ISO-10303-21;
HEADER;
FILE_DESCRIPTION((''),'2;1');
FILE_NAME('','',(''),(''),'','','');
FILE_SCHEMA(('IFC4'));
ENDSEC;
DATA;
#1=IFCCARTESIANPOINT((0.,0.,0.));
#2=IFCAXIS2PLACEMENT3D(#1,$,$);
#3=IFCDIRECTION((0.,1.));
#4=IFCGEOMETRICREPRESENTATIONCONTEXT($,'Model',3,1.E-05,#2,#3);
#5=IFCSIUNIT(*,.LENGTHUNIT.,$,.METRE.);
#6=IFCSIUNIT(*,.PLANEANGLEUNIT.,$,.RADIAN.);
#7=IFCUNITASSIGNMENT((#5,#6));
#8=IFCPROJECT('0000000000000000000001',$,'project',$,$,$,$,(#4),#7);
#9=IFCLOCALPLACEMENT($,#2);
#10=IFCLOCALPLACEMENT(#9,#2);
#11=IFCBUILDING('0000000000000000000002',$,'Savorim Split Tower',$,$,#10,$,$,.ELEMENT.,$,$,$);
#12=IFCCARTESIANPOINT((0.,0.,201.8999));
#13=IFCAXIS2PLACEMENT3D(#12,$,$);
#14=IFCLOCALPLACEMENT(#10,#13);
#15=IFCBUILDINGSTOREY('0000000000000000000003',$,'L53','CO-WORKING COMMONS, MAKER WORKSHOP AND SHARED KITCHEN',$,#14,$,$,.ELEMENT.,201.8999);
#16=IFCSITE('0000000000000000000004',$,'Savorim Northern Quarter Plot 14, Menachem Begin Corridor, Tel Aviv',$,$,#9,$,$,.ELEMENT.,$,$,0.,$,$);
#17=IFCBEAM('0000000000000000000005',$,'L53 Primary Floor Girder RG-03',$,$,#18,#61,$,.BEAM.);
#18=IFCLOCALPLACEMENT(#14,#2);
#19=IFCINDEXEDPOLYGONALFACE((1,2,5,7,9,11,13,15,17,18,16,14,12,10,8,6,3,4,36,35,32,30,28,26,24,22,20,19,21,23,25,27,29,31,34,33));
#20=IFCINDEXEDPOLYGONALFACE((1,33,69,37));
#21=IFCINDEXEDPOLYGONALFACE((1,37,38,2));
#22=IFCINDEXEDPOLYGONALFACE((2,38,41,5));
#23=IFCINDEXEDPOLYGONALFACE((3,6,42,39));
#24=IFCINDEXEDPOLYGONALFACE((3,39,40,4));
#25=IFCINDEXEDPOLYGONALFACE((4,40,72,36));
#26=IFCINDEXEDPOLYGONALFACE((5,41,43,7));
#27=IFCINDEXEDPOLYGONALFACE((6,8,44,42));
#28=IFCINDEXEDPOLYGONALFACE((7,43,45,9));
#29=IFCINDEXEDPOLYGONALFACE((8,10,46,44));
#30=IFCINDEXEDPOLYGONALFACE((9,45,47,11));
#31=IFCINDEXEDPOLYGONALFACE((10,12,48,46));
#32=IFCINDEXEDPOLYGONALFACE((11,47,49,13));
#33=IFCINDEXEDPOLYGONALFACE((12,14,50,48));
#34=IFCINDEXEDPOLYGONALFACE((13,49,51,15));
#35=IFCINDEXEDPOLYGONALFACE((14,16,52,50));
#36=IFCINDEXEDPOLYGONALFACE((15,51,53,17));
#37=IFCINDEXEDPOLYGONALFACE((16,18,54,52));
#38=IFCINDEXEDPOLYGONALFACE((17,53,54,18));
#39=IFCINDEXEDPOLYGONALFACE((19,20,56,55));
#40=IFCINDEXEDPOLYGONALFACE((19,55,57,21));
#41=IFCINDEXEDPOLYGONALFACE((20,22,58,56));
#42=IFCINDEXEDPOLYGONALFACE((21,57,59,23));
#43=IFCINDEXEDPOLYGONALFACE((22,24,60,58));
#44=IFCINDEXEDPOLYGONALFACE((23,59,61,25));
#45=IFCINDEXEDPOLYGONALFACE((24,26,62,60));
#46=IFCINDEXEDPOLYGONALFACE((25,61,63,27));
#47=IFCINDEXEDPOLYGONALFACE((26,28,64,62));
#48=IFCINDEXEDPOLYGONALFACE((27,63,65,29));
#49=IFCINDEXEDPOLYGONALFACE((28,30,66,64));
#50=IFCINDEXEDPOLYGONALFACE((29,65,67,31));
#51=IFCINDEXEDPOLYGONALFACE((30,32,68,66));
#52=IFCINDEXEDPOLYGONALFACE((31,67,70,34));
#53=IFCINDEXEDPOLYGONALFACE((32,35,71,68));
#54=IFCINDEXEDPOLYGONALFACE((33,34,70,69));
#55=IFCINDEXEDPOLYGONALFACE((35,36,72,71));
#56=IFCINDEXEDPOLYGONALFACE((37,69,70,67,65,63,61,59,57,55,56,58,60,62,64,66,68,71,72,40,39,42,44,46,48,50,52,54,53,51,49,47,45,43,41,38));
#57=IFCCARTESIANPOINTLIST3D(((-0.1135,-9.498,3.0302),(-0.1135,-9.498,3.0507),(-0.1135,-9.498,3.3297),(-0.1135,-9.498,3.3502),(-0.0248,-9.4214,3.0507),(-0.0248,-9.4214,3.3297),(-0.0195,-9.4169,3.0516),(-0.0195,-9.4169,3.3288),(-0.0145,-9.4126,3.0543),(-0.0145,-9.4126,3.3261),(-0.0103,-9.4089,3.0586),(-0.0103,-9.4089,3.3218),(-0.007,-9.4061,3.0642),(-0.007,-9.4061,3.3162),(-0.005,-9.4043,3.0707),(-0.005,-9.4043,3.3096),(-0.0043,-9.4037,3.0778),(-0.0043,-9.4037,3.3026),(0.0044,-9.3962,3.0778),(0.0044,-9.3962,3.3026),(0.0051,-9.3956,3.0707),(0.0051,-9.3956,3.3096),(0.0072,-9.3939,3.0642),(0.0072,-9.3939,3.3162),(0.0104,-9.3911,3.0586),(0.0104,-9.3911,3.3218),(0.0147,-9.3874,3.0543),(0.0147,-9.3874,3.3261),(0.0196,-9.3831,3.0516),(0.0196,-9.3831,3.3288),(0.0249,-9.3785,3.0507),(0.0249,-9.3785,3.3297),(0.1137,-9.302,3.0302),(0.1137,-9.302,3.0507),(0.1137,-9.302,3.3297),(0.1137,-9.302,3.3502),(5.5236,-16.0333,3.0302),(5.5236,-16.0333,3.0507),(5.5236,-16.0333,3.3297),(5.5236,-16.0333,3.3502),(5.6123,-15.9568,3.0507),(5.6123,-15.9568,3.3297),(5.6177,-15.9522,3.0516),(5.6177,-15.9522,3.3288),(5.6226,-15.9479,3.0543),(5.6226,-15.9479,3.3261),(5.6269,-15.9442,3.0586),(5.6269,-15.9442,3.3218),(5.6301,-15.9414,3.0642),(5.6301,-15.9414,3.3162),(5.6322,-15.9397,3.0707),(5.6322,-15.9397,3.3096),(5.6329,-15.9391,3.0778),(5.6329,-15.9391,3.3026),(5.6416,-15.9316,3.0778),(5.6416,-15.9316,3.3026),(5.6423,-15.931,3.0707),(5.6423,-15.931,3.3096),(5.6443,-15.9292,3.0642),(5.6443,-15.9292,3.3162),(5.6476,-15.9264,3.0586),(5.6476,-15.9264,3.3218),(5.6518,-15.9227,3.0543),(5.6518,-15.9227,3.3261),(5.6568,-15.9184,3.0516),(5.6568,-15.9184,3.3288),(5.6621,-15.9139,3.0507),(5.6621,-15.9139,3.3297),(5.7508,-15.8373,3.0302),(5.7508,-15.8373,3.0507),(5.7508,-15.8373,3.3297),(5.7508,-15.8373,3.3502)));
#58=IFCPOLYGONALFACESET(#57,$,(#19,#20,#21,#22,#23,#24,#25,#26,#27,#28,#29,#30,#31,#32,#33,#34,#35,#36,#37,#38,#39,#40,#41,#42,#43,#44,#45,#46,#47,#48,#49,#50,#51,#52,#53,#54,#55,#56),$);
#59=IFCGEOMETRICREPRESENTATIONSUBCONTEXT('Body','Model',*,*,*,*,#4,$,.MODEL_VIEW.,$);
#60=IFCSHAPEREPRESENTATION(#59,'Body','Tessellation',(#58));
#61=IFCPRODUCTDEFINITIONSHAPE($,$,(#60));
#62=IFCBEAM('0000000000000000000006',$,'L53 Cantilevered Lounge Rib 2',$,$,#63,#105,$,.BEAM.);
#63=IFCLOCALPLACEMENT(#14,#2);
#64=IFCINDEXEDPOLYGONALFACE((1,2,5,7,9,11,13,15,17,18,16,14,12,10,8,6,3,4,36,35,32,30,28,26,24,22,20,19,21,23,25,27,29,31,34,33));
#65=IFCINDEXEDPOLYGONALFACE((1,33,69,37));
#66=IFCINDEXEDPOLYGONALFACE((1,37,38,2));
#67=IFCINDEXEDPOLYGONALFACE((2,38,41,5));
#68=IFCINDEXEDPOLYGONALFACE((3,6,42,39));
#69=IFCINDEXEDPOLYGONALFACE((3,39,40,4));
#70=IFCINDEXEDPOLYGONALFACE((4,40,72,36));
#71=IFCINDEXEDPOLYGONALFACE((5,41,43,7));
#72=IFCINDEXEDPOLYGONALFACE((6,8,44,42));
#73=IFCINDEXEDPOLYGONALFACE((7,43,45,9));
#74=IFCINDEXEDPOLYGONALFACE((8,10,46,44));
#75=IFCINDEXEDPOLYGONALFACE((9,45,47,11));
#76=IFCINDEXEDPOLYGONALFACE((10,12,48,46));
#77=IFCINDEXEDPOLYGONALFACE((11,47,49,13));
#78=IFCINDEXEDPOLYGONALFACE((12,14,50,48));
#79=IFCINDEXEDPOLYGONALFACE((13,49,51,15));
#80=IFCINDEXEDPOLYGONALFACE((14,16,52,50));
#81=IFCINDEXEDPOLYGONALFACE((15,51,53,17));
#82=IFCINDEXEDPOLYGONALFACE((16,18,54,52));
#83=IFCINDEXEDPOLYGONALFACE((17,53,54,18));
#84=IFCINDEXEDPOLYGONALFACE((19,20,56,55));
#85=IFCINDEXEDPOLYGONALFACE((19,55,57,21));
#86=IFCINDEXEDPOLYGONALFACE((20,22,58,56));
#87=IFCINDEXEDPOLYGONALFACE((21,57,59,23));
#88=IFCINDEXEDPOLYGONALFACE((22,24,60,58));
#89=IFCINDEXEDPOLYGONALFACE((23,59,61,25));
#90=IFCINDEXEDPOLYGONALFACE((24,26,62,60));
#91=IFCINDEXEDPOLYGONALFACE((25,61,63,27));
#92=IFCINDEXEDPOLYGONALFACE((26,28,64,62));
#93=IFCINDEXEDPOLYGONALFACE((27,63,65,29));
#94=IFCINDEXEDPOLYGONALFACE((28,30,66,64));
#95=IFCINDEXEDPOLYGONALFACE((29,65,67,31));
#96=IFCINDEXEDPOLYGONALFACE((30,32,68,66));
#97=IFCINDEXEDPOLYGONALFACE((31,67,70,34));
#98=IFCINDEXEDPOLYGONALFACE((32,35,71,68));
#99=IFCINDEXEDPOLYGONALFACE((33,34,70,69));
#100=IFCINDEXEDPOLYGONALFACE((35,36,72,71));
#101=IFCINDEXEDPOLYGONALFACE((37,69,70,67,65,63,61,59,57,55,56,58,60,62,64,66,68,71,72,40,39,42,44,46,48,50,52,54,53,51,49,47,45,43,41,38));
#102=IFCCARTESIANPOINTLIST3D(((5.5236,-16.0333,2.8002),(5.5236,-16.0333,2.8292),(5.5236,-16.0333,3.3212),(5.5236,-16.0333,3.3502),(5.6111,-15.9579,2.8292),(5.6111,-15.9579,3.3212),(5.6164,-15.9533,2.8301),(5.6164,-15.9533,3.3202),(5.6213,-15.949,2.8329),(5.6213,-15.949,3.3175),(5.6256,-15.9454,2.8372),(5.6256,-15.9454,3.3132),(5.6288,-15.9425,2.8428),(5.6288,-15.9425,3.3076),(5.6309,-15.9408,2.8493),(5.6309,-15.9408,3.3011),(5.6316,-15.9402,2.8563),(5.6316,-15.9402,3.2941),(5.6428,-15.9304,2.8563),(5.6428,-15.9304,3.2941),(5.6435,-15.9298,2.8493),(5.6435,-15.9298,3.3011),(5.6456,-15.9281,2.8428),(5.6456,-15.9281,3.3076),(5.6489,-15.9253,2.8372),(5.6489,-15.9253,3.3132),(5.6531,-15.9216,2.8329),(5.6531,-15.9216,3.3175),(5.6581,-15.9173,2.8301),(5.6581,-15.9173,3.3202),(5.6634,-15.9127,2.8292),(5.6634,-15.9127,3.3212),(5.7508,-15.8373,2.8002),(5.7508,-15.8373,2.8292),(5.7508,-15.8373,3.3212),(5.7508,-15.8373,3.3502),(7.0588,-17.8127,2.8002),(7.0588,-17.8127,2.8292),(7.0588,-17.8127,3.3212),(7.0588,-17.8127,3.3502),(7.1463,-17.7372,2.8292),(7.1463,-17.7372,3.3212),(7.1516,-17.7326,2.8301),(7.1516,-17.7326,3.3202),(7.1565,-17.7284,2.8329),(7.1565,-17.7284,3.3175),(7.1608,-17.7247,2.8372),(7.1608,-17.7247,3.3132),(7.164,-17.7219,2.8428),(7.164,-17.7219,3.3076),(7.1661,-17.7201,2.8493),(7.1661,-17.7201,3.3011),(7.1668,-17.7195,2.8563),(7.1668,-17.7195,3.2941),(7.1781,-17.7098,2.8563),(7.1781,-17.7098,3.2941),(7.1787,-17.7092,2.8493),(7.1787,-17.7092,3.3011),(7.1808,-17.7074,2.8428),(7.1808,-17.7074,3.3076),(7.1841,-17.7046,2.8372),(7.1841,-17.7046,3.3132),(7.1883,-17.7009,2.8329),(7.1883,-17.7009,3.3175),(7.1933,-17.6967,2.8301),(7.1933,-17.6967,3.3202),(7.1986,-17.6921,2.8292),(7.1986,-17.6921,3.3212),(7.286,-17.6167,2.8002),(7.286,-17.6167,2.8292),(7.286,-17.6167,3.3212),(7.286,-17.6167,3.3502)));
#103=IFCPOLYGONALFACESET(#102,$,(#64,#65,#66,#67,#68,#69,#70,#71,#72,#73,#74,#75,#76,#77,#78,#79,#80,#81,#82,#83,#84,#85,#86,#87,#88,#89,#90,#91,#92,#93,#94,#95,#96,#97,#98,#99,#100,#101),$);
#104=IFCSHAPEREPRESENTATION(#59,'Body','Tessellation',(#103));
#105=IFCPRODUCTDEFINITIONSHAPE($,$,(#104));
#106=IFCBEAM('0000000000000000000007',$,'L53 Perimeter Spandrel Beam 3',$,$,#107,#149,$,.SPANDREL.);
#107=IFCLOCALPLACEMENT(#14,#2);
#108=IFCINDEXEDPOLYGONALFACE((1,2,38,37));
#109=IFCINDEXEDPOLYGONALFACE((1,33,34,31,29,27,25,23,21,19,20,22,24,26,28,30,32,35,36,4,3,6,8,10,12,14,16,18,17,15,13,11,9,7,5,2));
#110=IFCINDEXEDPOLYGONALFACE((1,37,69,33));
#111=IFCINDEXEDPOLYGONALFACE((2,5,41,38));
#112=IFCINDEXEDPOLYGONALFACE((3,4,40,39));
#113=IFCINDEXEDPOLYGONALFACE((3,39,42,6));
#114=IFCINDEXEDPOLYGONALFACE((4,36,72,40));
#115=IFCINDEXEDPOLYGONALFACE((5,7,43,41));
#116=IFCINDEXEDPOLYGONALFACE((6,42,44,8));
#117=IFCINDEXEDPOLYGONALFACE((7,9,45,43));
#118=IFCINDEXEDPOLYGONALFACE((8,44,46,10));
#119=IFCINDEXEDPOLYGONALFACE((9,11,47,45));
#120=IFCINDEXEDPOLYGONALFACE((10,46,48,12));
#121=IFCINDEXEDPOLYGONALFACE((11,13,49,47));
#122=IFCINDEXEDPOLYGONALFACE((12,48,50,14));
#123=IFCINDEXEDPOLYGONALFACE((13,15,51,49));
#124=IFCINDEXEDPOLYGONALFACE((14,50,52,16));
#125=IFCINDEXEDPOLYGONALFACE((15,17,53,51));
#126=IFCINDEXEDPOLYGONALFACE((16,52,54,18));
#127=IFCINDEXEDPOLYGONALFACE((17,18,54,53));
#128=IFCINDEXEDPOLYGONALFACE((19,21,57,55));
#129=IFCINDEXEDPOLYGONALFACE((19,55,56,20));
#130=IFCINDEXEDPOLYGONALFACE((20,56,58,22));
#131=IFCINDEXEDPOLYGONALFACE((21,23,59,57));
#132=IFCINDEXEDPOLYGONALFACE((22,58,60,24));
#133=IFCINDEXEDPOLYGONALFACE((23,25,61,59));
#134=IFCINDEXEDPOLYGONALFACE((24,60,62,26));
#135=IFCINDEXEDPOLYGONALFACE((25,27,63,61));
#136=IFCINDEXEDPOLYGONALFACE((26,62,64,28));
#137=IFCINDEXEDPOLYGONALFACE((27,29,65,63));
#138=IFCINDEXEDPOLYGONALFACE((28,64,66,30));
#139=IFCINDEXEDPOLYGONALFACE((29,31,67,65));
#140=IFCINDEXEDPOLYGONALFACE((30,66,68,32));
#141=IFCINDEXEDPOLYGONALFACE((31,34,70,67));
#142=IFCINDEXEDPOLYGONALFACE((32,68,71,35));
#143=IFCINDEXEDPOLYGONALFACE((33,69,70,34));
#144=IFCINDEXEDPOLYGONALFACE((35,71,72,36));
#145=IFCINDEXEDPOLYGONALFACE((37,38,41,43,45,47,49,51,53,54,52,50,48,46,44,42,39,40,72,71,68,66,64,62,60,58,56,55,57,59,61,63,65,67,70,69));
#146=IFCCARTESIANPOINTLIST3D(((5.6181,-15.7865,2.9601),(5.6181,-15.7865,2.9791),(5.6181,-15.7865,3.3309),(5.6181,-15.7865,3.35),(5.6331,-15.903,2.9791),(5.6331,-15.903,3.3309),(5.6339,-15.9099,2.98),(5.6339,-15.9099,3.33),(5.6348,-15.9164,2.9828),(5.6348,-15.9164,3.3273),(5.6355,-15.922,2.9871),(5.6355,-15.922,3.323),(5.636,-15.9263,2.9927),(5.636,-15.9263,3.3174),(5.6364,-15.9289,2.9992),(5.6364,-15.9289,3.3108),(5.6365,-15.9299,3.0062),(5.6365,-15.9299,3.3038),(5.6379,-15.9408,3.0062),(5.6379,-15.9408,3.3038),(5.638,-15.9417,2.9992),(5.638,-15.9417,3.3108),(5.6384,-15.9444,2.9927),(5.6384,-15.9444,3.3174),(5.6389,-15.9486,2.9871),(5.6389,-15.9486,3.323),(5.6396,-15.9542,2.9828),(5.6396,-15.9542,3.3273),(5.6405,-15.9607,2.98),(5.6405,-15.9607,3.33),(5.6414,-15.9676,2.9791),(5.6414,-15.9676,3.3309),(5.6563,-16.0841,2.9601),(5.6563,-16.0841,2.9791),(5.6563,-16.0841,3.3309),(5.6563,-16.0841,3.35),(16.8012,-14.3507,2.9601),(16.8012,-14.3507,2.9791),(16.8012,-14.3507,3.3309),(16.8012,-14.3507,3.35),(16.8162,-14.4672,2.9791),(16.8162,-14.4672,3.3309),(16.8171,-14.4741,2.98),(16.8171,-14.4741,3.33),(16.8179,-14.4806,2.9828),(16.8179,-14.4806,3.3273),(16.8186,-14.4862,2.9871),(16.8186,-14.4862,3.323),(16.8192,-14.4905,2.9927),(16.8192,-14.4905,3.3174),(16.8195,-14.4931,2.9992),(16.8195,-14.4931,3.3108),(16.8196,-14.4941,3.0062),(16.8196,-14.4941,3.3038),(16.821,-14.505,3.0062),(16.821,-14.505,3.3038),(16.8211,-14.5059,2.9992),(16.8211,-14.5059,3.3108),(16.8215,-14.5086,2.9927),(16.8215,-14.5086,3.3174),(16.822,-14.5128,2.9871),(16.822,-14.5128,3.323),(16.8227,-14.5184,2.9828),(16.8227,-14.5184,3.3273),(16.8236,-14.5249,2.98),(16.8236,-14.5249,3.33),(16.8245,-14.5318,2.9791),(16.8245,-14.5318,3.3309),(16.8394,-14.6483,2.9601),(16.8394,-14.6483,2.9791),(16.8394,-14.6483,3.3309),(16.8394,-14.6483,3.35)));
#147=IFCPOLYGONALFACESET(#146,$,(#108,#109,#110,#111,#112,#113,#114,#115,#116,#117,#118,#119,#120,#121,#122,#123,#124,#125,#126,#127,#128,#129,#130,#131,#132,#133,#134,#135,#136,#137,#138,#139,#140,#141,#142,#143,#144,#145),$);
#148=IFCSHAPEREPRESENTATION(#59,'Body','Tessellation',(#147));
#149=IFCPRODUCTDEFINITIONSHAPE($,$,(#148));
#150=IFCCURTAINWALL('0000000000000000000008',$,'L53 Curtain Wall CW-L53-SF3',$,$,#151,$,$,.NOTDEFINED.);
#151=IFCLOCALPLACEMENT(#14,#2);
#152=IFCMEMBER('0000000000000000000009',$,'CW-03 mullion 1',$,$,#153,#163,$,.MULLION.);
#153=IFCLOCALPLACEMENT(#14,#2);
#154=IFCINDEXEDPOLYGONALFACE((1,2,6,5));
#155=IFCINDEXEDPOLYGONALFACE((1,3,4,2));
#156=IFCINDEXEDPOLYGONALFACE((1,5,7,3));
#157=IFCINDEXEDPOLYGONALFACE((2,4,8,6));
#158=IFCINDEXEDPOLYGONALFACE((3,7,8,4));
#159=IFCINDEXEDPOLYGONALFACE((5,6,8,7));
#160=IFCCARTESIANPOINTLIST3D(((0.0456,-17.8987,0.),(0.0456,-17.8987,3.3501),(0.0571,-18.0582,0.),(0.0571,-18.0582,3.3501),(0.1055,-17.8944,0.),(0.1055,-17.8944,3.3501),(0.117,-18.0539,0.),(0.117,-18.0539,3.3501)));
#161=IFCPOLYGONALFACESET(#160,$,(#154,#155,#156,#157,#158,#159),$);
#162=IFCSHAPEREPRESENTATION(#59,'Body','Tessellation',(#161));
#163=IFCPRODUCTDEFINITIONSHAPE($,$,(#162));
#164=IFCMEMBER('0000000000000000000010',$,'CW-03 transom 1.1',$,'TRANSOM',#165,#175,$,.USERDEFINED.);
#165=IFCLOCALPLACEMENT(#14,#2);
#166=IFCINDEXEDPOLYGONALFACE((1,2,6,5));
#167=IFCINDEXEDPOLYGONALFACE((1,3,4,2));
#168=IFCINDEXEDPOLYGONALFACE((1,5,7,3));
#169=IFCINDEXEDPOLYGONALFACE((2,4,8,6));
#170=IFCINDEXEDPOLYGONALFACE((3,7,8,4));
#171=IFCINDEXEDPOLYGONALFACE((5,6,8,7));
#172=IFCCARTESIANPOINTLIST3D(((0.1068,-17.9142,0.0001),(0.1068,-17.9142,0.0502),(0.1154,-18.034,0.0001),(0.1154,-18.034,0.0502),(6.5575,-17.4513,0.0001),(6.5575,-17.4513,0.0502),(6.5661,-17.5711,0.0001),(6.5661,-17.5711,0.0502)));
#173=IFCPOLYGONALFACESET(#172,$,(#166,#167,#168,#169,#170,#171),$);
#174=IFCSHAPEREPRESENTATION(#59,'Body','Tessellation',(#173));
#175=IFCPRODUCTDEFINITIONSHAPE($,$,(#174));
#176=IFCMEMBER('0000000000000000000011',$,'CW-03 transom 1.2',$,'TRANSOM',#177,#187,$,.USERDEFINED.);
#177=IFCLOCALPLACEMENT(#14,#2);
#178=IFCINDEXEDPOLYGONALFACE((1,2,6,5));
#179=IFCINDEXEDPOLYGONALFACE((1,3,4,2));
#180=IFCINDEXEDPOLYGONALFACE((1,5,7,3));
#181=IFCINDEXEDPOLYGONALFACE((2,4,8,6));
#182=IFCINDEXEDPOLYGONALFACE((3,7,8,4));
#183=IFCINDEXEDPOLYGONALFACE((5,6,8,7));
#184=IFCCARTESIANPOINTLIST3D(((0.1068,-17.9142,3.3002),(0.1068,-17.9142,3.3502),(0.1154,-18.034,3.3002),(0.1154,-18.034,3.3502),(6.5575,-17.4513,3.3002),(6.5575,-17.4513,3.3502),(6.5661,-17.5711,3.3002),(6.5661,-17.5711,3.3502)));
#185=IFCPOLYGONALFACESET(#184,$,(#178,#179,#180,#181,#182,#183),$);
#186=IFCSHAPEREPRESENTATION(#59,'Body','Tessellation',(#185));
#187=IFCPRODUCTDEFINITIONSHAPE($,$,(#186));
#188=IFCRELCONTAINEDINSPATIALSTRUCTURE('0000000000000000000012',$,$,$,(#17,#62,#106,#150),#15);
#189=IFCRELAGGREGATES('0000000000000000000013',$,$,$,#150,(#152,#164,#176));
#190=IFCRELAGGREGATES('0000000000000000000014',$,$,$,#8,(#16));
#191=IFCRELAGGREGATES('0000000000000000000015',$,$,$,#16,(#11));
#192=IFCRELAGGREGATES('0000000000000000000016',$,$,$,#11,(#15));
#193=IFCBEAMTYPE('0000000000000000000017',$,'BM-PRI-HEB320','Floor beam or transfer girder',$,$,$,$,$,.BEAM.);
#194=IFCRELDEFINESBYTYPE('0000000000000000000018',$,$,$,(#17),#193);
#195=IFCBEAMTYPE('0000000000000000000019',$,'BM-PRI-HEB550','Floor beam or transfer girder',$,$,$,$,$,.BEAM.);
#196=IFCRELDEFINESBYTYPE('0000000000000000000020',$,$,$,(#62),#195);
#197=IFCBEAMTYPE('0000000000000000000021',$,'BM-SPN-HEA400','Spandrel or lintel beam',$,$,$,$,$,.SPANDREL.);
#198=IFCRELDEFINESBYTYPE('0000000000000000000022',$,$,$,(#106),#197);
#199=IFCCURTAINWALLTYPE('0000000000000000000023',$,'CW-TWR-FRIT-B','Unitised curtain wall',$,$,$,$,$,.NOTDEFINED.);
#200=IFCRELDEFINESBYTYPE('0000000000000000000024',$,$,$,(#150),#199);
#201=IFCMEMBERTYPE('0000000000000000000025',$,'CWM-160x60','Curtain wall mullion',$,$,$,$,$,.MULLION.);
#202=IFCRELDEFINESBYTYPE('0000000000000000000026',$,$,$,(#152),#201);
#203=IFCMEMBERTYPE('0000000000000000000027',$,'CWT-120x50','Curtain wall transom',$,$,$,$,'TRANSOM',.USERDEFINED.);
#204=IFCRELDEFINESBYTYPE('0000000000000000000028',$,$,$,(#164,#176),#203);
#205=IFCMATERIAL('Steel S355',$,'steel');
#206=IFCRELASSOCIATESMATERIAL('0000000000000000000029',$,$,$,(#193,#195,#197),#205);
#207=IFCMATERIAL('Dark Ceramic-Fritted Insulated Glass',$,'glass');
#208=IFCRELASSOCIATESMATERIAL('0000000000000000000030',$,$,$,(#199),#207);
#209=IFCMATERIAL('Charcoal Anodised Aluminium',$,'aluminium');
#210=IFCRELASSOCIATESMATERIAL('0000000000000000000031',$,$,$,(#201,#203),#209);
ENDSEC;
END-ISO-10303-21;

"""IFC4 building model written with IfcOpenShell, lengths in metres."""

from ifc_helpers import new_model, si_unit, direction, frame, origin, origin_2d, place, context, subcontext, project, spatial, rectangle, i_section, extrude, material, material_profile, profile_set, type_object, element, aggregate, save


model = new_model("IFC4")

# Units and contexts
model_context = context("Model", 3, precision=1e-05, world=origin(), true_north=direction((0.0, 1.0)))
body_context = subcontext(model_context, "Body", "Model", "MODEL_VIEW")
ifc_project = project(units=[si_unit("LENGTHUNIT", "METRE"), si_unit("PLANEANGLEUNIT", "RADIAN")], contexts=[model_context])

# Site, building, storey
site_placement = place(None, origin())
site = spatial("IfcSite", under=ifc_project, at=site_placement, Name="Savorim Northern Quarter Plot 14, Menachem Begin Corridor, Tel Aviv", CompositionType="ELEMENT", RefElevation=0.0)
building_placement = place(site_placement, origin())
building = spatial("IfcBuilding", under=site, at=building_placement, Name="Savorim Split Tower", CompositionType="ELEMENT")
storey_placement = place(building_placement, frame((0.0, 0.0, 201.8999)))
storey = spatial("IfcBuildingStorey", under=building, at=storey_placement, Name="L53", Description="CO-WORKING COMMONS, MAKER WORKSHOP AND SHARED KITCHEN", CompositionType="ELEMENT", Elevation=201.8999)

# Shared definitions
ifc_material_1 = material(Name="Steel S355", Category="steel")

# Beams
ifc_material_profile_1 = material_profile(ifc_material_1, i_section(OverallWidth=0.3, OverallDepth=0.3201, WebThickness=0.0115, FlangeThickness=0.0205, FilletRadius=0.0271, at=origin_2d()), Name="HEB 320")
ifc_profile_set_1 = profile_set([ifc_material_profile_1], Name="Steel S355")
beam_type_1 = type_object("IfcBeamType", Name="BM-PRI-HEB320", Description="Floor beam or transfer girder", PredefinedType="BEAM", material=ifc_profile_set_1)
beam_1_placement = place(storey_placement, frame((5.6372, -15.9353, 3.1902), z_axis=(-0.653155, 0.757224, 0.0), x_axis=(-0.757224, -0.653155, 0.0)))
element("IfcBeam", 1, at=beam_1_placement, inside=storey, type_object=beam_type_1, Name="L53 Primary Floor Girder RG-03", PredefinedType="BEAM", context=body_context, shape_type="SweptSolid", body=[
    extrude(i_section(OverallWidth=0.3, OverallDepth=0.3201, WebThickness=0.0115, FlangeThickness=0.0205, FilletRadius=0.0271, at=origin_2d()), origin(), (0.0, 0.0, 1.0), 8.6306),
])
ifc_material_profile_2 = material_profile(ifc_material_1, i_section(OverallWidth=0.3, OverallDepth=0.55, WebThickness=0.0149, FlangeThickness=0.0291, FilletRadius=0.0271, at=origin_2d()), Name="HEB 550")
ifc_profile_set_2 = profile_set([ifc_material_profile_2], Name="Steel S355")
beam_type_2 = type_object("IfcBeamType", Name="BM-PRI-HEB550", Description="Floor beam or transfer girder", PredefinedType="BEAM", material=ifc_profile_set_2)
beam_2_placement = place(storey_placement, frame((5.6372, -15.9353, 3.0752), z_axis=(0.653252, -0.757141, 0.0), x_axis=(0.757141, 0.653252, 0.0)))
element("IfcBeam", 2, at=beam_2_placement, inside=storey, type_object=beam_type_2, Name="L53 Cantilevered Lounge Rib 2", PredefinedType="BEAM", context=body_context, shape_type="SweptSolid", body=[
    extrude(i_section(OverallWidth=0.3, OverallDepth=0.55, WebThickness=0.0149, FlangeThickness=0.0291, FilletRadius=0.0271, at=origin_2d()), origin(), (0.0, 0.0, 1.0), 2.3501),
])
ifc_material_profile_3 = material_profile(ifc_material_1, i_section(OverallWidth=0.3, OverallDepth=0.3899, WebThickness=0.011, FlangeThickness=0.019, FilletRadius=0.0271, at=origin_2d()), Name="HEA 400")
ifc_profile_set_3 = profile_set([ifc_material_profile_3], Name="Steel S355")
beam_type_3 = type_object("IfcBeamType", Name="BM-SPN-HEA400", Description="Spandrel or lintel beam", PredefinedType="SPANDREL", material=ifc_profile_set_3)
beam_3_placement = place(storey_placement, frame((5.6372, -15.9353, 3.155), z_axis=(0.991859, 0.127344, 0.0), x_axis=(-0.127344, 0.991859, 0.0)))
element("IfcBeam", 3, at=beam_3_placement, inside=storey, type_object=beam_type_3, Name="L53 Perimeter Spandrel Beam 3", PredefinedType="SPANDREL", context=body_context, shape_type="SweptSolid", body=[
    extrude(i_section(OverallWidth=0.3, OverallDepth=0.3899, WebThickness=0.011, FlangeThickness=0.019, FilletRadius=0.0271, at=origin_2d()), origin(), (0.0, 0.0, 1.0), 11.2749),
])

# Curtain wall, members
ifc_material_2 = material(Name="Dark Ceramic-Fritted Insulated Glass", Category="glass")
curtain_wall_type = type_object("IfcCurtainWallType", Name="CW-TWR-FRIT-B", Description="Unitised curtain wall", PredefinedType="NOTDEFINED", material=ifc_material_2)
curtain_wall_placement = place(storey_placement, origin())
curtain_wall = element("IfcCurtainWall", 4, at=curtain_wall_placement, inside=storey, type_object=curtain_wall_type, Name="L53 Curtain Wall CW-L53-SF3", PredefinedType="NOTDEFINED")
ifc_material_3 = material(Name="Charcoal Anodised Aluminium", Category="aluminium")
ifc_material_profile_4 = material_profile(ifc_material_3, rectangle(XDim=0.1599, YDim=0.0601, at=origin_2d()), Name="ALU-M 160x60")
ifc_profile_set_4 = profile_set([ifc_material_profile_4], Name="Charcoal Anodised Aluminium")
member_type_1 = type_object("IfcMemberType", Name="CWM-160x60", Description="Curtain wall mullion", PredefinedType="MULLION", material=ifc_profile_set_4)
member_1_placement = place(storey_placement, frame((0.0813, -17.9763, 0.0), z_axis=(0.0, 0.0, 1.0), x_axis=(-0.071562, 0.997436, 0.0)))
member_1 = element("IfcMember", 5, at=member_1_placement, type_object=member_type_1, Name="CW-03 mullion 1", PredefinedType="MULLION", context=body_context, shape_type="SweptSolid", body=[
    extrude(rectangle(XDim=0.1599, YDim=0.0601, at=origin_2d()), origin(), (0.0, 0.0, 1.0), 3.3501),
])
ifc_material_profile_5 = material_profile(ifc_material_3, rectangle(XDim=0.1201, YDim=0.05, at=origin_2d()), Name="ALU-T 120x50")
ifc_profile_set_5 = profile_set([ifc_material_profile_5], Name="Charcoal Anodised Aluminium")
member_type_2 = type_object("IfcMemberType", Name="CWT-120x50", Description="Curtain wall transom", ElementType="TRANSOM", PredefinedType="USERDEFINED", material=ifc_profile_set_5)
member_2_placement = place(storey_placement, frame((0.1111, -17.9741, 0.0251), z_axis=(0.997435, 0.071574, 0.0), x_axis=(-0.071574, 0.997435, 0.0)))
member_2 = element("IfcMember", 6, at=member_2_placement, type_object=member_type_2, Name="CW-03 transom 1.1", ObjectType="TRANSOM", PredefinedType="USERDEFINED", context=body_context, shape_type="SweptSolid", body=[
    extrude(rectangle(XDim=0.1201, YDim=0.05, at=origin_2d()), origin(), (0.0, 0.0, 1.0), 6.4673),
])
member_3_placement = place(storey_placement, frame((0.1111, -17.9741, 3.3252), z_axis=(0.997435, 0.071574, 0.0), x_axis=(-0.071574, 0.997435, 0.0)))
member_3 = element("IfcMember", 7, at=member_3_placement, type_object=member_type_2, Name="CW-03 transom 1.2", ObjectType="TRANSOM", PredefinedType="USERDEFINED", context=body_context, shape_type="SweptSolid", body=[
    extrude(rectangle(XDim=0.1201, YDim=0.05, at=origin_2d()), origin(), (0.0, 0.0, 1.0), 6.4673),
])

aggregate(curtain_wall, [member_1, member_2, member_3])

save(model, "model.ifc")
